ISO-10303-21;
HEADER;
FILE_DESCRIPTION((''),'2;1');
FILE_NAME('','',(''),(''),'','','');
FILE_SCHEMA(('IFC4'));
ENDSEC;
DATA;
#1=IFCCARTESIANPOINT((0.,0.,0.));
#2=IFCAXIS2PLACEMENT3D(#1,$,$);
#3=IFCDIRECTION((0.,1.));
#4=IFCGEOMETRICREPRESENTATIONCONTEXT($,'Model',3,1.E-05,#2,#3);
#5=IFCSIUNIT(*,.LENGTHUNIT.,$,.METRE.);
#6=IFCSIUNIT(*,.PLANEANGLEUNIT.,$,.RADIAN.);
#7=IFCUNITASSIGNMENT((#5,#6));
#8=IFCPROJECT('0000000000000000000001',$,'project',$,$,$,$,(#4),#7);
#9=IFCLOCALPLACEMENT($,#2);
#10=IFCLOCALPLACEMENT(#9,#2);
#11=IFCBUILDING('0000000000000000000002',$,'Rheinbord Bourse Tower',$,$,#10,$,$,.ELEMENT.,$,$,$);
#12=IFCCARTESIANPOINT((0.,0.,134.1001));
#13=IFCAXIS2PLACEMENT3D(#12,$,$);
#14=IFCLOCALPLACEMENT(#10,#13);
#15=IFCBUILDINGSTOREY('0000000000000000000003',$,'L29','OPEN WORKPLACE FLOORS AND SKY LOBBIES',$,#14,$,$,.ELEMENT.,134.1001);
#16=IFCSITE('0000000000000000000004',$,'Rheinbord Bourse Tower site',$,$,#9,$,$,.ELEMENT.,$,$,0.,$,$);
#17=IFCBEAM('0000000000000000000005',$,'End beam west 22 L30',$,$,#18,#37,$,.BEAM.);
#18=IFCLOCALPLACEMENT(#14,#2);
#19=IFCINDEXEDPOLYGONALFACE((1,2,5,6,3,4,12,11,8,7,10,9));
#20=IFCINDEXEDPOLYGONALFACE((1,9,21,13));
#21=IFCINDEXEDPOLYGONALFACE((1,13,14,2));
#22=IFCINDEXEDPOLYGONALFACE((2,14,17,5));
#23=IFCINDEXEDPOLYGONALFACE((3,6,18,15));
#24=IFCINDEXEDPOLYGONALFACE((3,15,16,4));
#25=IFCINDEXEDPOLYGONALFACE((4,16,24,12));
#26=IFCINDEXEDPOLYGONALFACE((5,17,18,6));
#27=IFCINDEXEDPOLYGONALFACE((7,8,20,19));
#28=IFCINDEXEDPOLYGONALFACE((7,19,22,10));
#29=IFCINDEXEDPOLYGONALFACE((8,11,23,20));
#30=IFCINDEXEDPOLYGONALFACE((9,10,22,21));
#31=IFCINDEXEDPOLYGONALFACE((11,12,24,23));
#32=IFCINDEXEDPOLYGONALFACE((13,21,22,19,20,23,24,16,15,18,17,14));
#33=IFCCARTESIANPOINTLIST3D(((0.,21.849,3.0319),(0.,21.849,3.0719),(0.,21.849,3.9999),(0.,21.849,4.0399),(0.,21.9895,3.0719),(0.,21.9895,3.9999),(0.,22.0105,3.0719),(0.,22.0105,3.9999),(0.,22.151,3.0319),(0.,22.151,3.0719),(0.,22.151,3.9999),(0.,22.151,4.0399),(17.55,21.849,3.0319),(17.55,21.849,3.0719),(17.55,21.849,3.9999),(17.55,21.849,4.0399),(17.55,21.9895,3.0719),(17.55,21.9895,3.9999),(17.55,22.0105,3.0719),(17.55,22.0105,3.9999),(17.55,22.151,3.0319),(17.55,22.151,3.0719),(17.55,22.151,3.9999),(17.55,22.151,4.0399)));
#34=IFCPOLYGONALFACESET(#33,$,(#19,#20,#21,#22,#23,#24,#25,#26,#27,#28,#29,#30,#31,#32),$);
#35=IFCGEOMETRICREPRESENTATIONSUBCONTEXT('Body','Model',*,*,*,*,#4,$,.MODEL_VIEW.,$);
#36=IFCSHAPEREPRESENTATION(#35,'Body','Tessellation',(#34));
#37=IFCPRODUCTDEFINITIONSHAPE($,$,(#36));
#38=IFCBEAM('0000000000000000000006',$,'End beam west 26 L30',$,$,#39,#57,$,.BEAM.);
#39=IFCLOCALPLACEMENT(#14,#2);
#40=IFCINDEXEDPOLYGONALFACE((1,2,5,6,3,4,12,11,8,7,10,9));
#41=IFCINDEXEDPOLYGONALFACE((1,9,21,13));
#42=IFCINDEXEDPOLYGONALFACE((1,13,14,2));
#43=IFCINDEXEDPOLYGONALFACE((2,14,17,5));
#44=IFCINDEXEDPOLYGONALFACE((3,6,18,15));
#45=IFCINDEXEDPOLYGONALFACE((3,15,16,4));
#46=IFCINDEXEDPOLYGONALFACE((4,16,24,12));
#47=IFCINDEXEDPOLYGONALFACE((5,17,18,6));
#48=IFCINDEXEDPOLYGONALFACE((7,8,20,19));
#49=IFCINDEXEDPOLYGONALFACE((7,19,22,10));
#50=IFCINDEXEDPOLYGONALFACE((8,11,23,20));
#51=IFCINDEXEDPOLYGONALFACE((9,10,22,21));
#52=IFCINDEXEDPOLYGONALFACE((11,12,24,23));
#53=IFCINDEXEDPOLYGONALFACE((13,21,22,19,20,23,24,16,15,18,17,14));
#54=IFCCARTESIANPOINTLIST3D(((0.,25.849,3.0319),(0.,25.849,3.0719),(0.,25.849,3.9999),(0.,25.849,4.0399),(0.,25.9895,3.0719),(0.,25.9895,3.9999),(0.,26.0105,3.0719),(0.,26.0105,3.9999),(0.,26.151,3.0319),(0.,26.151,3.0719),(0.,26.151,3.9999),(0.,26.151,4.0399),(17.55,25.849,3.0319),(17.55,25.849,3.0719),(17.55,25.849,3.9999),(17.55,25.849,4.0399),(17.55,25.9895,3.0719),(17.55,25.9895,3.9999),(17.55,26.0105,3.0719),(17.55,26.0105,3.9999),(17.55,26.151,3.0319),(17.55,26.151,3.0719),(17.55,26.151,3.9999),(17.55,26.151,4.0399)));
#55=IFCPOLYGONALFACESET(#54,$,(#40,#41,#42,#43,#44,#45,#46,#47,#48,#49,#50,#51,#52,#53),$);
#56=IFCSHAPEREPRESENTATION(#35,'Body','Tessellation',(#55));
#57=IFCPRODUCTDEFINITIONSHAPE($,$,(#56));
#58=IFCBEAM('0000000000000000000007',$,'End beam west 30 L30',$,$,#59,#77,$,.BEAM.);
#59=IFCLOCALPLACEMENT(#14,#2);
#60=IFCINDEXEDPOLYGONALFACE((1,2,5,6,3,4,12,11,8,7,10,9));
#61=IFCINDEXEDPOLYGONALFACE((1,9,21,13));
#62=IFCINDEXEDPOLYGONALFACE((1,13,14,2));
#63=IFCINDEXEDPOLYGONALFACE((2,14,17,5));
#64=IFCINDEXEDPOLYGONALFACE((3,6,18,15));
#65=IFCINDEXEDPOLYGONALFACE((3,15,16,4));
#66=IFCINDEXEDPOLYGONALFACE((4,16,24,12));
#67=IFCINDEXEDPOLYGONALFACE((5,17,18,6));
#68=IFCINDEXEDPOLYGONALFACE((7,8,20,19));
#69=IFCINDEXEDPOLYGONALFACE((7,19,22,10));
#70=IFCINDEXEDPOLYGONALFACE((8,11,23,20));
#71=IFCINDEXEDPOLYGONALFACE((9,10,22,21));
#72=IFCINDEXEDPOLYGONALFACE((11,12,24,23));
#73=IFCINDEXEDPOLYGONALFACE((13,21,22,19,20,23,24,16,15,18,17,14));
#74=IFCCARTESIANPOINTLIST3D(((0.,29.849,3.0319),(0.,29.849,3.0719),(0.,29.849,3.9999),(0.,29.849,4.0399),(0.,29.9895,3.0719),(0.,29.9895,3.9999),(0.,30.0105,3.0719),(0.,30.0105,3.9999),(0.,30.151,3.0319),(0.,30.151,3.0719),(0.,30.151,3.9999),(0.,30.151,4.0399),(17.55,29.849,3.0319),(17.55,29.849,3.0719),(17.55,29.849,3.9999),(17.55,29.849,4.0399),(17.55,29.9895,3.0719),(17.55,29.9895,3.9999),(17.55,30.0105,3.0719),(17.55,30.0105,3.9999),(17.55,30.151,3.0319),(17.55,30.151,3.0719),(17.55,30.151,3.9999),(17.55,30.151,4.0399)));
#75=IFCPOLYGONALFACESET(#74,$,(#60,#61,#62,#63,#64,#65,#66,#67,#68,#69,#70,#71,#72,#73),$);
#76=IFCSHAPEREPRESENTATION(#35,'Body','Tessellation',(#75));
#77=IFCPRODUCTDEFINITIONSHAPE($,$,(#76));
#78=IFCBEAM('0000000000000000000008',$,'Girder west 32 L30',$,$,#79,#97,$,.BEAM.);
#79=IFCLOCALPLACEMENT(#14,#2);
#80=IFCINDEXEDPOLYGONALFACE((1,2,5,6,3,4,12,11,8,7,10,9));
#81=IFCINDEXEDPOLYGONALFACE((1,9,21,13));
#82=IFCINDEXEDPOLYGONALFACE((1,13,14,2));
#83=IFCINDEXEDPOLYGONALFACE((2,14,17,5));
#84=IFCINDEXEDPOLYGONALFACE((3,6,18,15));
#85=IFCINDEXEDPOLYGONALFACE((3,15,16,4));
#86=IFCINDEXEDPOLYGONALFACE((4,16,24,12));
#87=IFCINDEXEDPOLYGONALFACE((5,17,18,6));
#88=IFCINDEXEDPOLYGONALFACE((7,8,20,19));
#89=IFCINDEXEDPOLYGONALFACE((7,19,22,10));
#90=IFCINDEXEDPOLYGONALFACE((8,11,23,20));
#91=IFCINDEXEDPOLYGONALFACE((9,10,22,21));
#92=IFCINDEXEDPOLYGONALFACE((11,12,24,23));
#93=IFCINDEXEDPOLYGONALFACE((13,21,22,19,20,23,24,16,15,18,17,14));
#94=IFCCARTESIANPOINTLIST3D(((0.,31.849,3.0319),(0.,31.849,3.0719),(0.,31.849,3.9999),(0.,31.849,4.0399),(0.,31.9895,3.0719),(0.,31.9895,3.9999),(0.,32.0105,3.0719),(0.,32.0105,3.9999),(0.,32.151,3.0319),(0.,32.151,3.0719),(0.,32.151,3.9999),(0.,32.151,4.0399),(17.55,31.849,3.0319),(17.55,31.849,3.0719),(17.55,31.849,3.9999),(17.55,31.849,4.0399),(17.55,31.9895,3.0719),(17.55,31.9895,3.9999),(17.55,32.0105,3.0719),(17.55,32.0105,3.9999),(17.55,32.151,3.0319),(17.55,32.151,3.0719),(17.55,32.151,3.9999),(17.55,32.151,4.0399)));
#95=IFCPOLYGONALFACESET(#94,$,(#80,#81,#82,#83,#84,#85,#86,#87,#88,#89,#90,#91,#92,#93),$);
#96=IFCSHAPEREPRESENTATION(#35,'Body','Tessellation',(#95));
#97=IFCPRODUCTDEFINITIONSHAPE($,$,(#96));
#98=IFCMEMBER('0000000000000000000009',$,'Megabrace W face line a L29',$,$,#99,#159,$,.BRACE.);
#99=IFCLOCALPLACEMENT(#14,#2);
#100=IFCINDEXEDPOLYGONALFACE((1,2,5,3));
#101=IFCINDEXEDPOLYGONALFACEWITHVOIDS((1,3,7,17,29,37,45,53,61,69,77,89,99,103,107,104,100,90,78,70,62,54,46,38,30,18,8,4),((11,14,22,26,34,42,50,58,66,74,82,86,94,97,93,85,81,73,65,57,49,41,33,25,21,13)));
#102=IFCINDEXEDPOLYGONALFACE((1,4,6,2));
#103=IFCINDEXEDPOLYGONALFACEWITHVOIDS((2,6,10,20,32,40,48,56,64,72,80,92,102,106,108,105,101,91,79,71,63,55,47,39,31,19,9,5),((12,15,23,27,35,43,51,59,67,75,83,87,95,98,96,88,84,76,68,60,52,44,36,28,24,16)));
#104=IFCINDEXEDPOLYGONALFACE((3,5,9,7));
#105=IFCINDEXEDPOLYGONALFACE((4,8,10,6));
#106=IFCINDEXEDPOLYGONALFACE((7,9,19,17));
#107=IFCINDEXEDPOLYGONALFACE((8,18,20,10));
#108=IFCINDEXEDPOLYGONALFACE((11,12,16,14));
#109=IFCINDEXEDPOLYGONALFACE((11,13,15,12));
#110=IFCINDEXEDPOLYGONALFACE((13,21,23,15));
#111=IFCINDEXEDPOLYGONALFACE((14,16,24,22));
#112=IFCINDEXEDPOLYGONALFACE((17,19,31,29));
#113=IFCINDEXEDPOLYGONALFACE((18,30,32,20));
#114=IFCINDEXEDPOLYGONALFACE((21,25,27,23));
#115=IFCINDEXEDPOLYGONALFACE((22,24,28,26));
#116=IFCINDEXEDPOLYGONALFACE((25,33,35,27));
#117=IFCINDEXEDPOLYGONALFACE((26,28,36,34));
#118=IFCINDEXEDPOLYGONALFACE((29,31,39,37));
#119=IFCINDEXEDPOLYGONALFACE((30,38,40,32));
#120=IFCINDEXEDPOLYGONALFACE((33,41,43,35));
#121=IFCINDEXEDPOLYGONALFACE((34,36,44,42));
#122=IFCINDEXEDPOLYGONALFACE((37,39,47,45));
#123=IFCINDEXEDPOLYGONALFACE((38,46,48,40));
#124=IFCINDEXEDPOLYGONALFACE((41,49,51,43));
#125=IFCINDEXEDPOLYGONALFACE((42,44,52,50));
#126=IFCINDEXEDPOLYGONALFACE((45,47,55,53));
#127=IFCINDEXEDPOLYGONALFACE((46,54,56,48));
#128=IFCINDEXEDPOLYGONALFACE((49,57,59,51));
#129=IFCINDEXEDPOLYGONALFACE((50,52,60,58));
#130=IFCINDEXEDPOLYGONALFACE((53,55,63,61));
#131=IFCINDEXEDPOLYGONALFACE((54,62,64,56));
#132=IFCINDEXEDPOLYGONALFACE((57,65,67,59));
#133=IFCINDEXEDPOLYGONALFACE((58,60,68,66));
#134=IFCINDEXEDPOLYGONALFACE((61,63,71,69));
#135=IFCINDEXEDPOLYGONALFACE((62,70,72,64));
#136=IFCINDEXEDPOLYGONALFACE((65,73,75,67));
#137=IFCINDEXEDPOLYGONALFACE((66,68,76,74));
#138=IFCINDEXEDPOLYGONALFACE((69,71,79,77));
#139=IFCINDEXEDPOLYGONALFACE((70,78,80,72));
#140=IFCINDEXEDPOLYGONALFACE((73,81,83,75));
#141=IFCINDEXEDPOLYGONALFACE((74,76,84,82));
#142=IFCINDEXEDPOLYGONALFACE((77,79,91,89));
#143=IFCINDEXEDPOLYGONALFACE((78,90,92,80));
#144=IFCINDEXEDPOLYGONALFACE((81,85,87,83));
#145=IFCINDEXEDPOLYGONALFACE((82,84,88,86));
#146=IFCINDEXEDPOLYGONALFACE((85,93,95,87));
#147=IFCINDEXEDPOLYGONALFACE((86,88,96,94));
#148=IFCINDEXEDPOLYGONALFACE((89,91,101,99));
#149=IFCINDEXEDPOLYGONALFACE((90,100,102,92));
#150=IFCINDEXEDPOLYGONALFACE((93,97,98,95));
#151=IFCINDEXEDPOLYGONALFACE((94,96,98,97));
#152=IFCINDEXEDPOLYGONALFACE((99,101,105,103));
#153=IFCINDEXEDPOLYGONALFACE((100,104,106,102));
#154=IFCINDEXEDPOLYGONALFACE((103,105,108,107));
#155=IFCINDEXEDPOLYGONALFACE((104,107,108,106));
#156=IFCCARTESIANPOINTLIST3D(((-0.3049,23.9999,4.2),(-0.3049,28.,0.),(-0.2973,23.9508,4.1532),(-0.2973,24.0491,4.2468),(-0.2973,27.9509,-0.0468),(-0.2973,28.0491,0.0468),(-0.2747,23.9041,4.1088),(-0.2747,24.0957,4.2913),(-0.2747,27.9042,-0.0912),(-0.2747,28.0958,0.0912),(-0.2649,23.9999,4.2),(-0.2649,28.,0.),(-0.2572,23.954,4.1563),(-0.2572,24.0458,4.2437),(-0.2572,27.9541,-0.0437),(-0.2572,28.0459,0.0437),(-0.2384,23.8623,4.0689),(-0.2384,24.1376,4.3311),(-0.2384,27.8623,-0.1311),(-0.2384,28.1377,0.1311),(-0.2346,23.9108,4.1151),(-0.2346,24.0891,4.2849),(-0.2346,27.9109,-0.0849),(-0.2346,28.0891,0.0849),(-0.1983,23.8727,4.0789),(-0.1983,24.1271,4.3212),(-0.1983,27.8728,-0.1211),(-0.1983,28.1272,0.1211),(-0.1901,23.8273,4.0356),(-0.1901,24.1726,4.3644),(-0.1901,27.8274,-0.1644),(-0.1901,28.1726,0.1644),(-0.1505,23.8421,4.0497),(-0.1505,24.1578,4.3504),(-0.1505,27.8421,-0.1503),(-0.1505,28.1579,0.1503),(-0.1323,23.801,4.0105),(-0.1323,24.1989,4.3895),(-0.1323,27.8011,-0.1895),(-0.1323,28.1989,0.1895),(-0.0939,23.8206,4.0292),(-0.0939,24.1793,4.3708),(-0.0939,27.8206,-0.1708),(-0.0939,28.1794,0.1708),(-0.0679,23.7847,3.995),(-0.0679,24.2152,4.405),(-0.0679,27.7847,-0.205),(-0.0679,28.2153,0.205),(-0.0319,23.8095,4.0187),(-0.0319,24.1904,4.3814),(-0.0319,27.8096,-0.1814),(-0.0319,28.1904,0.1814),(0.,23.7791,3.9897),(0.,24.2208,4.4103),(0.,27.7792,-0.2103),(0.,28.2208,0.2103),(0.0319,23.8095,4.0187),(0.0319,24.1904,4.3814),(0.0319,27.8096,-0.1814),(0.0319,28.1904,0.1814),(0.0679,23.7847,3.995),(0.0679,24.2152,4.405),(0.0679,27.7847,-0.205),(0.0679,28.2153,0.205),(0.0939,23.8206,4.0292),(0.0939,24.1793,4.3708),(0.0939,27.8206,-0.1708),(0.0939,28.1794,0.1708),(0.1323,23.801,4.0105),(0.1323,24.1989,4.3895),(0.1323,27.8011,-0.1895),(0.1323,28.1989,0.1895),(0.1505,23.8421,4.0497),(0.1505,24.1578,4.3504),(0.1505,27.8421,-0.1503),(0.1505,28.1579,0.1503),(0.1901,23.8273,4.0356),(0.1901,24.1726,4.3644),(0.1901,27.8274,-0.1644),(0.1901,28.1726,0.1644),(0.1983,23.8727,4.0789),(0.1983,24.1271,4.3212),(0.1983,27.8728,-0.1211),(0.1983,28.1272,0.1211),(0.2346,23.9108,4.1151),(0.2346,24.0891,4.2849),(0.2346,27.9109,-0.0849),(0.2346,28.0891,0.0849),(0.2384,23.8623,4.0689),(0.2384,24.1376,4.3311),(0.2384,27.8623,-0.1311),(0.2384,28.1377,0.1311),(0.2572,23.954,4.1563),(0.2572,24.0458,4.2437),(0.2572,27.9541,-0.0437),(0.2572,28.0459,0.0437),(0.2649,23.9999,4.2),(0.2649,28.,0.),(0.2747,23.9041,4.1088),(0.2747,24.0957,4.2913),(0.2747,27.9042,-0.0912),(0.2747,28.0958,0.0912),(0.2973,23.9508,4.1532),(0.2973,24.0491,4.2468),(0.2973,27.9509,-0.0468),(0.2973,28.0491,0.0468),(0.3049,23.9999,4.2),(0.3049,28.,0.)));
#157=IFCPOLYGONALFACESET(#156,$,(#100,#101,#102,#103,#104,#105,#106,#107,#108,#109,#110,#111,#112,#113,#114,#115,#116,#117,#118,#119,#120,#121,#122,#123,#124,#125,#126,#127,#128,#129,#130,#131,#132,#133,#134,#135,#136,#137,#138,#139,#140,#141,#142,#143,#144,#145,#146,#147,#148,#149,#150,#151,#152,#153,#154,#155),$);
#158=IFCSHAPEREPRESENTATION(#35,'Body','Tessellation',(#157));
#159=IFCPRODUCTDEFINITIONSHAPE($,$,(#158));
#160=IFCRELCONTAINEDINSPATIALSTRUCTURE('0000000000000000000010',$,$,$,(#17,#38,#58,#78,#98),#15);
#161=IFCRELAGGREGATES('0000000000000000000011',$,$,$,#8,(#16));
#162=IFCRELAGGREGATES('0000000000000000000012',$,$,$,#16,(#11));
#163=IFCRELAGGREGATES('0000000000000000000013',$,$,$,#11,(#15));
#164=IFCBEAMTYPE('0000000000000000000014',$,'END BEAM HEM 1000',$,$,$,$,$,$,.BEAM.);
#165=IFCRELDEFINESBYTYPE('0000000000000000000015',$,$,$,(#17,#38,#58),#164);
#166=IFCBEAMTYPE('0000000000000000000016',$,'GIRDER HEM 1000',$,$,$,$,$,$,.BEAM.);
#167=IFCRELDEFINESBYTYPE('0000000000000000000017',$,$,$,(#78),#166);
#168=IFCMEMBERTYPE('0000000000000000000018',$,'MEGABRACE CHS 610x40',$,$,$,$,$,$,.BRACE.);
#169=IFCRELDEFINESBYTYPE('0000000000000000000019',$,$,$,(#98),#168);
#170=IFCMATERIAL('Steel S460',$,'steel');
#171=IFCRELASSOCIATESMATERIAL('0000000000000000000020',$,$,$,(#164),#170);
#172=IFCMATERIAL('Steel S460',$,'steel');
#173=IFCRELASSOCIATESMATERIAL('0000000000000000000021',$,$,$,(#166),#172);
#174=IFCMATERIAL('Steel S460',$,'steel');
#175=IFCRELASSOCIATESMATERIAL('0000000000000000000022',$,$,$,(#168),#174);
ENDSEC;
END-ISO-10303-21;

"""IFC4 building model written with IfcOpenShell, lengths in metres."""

from ifc_helpers import new_model, si_unit, direction, frame, origin, origin_2d, place, context, subcontext, project, spatial, hollow_circle, i_section, extrude, material, material_profile, profile_set, type_object, element, save


model = new_model("IFC4")

# Units and contexts
model_context = context("Model", 3, precision=1e-05, world=origin(), true_north=direction((0.0, 1.0)))
body_context = subcontext(model_context, "Body", "Model", "MODEL_VIEW")
ifc_project = project(units=[si_unit("LENGTHUNIT", "METRE"), si_unit("PLANEANGLEUNIT", "RADIAN")], contexts=[model_context])

# Site, building, storey
site_placement = place(None, origin())
site = spatial("IfcSite", under=ifc_project, at=site_placement, Name="Rheinbord Bourse Tower site", CompositionType="ELEMENT", RefElevation=0.0)
building_placement = place(site_placement, origin())
building = spatial("IfcBuilding", under=site, at=building_placement, Name="Rheinbord Bourse Tower", CompositionType="ELEMENT")
storey_placement = place(building_placement, frame((0.0, 0.0, 134.1001)))
storey = spatial("IfcBuildingStorey", under=building, at=storey_placement, Name="L29", Description="OPEN WORKPLACE FLOORS AND SKY LOBBIES", CompositionType="ELEMENT", Elevation=134.1001)

# Beams
ifc_material_1 = material(Name="Steel S460", Category="steel")
ifc_material_profile_1 = material_profile(ifc_material_1, i_section(OverallWidth=0.302, OverallDepth=1.0081, WebThickness=0.021, FlangeThickness=0.04, at=origin_2d()), Name="HEM 1000")
ifc_profile_set_1 = profile_set([ifc_material_profile_1], Name="Steel S460")
beam_type_1 = type_object("IfcBeamType", Name="END BEAM HEM 1000", PredefinedType="BEAM", material=ifc_profile_set_1)
for number, where, z_axis, x_axis, name in (
    (1, (0.0, 22.0, 3.5359), (1.0, 0.0, 0.0), (0.0, 1.0, 0.0), "End beam west 22 L30"),
    (2, (0.0, 26.0, 3.5359), (1.0, 0.0, 0.0), (0.0, 1.0, 0.0), "End beam west 26 L30"),
    (3, (0.0, 30.0, 3.5359), (1.0, 0.0, 0.0), (0.0, 1.0, 0.0), "End beam west 30 L30"),
):
    element("IfcBeam", number, at=place(storey_placement, frame(where, z_axis=z_axis, x_axis=x_axis)), inside=storey, type_object=beam_type_1, Name=name, PredefinedType="BEAM", context=body_context, shape_type="SweptSolid", body=[
        extrude(i_section(OverallWidth=0.302, OverallDepth=1.0081, WebThickness=0.021, FlangeThickness=0.04, at=origin_2d()), origin(), (0.0, 0.0, 1.0), 17.55),
    ])
ifc_material_2 = material(Name="Steel S460", Category="steel")
ifc_material_profile_2 = material_profile(ifc_material_2, i_section(OverallWidth=0.302, OverallDepth=1.0081, WebThickness=0.021, FlangeThickness=0.04, at=origin_2d()), Name="HEM 1000")
ifc_profile_set_2 = profile_set([ifc_material_profile_2], Name="Steel S460")
beam_type_2 = type_object("IfcBeamType", Name="GIRDER HEM 1000", PredefinedType="BEAM", material=ifc_profile_set_2)
beam_placement = place(storey_placement, frame((0.0, 32.0, 3.5359), z_axis=(1.0, 0.0, 0.0), x_axis=(0.0, 1.0, 0.0)))
element("IfcBeam", 4, at=beam_placement, inside=storey, type_object=beam_type_2, Name="Girder west 32 L30", PredefinedType="BEAM", context=body_context, shape_type="SweptSolid", body=[
    extrude(i_section(OverallWidth=0.302, OverallDepth=1.0081, WebThickness=0.021, FlangeThickness=0.04, at=origin_2d()), origin(), (0.0, 0.0, 1.0), 17.55),
])

# Member
ifc_material_3 = material(Name="Steel S460", Category="steel")
ifc_material_profile_3 = material_profile(ifc_material_3, hollow_circle(Radius=0.3049, WallThickness=0.04, at=origin_2d()), Name="CHS 610x40")
ifc_profile_set_3 = profile_set([ifc_material_profile_3], Name="Steel S460")
member_type_1 = type_object("IfcMemberType", Name="MEGABRACE CHS 610x40", PredefinedType="BRACE", material=ifc_profile_set_3)
for number, where, z_axis, x_axis, name in (
    (5, (0.0, 28.0, 0.0), (0.0, -0.689659, 0.724134), (1.0, 0.0, 0.0), "Megabrace W face line a L29"),
):
    element("IfcMember", number, at=place(storey_placement, frame(where, z_axis=z_axis, x_axis=x_axis)), inside=storey, type_object=member_type_1, Name=name, PredefinedType="BRACE", context=body_context, shape_type="SweptSolid", body=[
        extrude(hollow_circle(Radius=0.3049, WallThickness=0.04, at=origin_2d()), origin(), (0.0, 0.0, 1.0), 5.8),
    ])

save(model, "model.ifc")
